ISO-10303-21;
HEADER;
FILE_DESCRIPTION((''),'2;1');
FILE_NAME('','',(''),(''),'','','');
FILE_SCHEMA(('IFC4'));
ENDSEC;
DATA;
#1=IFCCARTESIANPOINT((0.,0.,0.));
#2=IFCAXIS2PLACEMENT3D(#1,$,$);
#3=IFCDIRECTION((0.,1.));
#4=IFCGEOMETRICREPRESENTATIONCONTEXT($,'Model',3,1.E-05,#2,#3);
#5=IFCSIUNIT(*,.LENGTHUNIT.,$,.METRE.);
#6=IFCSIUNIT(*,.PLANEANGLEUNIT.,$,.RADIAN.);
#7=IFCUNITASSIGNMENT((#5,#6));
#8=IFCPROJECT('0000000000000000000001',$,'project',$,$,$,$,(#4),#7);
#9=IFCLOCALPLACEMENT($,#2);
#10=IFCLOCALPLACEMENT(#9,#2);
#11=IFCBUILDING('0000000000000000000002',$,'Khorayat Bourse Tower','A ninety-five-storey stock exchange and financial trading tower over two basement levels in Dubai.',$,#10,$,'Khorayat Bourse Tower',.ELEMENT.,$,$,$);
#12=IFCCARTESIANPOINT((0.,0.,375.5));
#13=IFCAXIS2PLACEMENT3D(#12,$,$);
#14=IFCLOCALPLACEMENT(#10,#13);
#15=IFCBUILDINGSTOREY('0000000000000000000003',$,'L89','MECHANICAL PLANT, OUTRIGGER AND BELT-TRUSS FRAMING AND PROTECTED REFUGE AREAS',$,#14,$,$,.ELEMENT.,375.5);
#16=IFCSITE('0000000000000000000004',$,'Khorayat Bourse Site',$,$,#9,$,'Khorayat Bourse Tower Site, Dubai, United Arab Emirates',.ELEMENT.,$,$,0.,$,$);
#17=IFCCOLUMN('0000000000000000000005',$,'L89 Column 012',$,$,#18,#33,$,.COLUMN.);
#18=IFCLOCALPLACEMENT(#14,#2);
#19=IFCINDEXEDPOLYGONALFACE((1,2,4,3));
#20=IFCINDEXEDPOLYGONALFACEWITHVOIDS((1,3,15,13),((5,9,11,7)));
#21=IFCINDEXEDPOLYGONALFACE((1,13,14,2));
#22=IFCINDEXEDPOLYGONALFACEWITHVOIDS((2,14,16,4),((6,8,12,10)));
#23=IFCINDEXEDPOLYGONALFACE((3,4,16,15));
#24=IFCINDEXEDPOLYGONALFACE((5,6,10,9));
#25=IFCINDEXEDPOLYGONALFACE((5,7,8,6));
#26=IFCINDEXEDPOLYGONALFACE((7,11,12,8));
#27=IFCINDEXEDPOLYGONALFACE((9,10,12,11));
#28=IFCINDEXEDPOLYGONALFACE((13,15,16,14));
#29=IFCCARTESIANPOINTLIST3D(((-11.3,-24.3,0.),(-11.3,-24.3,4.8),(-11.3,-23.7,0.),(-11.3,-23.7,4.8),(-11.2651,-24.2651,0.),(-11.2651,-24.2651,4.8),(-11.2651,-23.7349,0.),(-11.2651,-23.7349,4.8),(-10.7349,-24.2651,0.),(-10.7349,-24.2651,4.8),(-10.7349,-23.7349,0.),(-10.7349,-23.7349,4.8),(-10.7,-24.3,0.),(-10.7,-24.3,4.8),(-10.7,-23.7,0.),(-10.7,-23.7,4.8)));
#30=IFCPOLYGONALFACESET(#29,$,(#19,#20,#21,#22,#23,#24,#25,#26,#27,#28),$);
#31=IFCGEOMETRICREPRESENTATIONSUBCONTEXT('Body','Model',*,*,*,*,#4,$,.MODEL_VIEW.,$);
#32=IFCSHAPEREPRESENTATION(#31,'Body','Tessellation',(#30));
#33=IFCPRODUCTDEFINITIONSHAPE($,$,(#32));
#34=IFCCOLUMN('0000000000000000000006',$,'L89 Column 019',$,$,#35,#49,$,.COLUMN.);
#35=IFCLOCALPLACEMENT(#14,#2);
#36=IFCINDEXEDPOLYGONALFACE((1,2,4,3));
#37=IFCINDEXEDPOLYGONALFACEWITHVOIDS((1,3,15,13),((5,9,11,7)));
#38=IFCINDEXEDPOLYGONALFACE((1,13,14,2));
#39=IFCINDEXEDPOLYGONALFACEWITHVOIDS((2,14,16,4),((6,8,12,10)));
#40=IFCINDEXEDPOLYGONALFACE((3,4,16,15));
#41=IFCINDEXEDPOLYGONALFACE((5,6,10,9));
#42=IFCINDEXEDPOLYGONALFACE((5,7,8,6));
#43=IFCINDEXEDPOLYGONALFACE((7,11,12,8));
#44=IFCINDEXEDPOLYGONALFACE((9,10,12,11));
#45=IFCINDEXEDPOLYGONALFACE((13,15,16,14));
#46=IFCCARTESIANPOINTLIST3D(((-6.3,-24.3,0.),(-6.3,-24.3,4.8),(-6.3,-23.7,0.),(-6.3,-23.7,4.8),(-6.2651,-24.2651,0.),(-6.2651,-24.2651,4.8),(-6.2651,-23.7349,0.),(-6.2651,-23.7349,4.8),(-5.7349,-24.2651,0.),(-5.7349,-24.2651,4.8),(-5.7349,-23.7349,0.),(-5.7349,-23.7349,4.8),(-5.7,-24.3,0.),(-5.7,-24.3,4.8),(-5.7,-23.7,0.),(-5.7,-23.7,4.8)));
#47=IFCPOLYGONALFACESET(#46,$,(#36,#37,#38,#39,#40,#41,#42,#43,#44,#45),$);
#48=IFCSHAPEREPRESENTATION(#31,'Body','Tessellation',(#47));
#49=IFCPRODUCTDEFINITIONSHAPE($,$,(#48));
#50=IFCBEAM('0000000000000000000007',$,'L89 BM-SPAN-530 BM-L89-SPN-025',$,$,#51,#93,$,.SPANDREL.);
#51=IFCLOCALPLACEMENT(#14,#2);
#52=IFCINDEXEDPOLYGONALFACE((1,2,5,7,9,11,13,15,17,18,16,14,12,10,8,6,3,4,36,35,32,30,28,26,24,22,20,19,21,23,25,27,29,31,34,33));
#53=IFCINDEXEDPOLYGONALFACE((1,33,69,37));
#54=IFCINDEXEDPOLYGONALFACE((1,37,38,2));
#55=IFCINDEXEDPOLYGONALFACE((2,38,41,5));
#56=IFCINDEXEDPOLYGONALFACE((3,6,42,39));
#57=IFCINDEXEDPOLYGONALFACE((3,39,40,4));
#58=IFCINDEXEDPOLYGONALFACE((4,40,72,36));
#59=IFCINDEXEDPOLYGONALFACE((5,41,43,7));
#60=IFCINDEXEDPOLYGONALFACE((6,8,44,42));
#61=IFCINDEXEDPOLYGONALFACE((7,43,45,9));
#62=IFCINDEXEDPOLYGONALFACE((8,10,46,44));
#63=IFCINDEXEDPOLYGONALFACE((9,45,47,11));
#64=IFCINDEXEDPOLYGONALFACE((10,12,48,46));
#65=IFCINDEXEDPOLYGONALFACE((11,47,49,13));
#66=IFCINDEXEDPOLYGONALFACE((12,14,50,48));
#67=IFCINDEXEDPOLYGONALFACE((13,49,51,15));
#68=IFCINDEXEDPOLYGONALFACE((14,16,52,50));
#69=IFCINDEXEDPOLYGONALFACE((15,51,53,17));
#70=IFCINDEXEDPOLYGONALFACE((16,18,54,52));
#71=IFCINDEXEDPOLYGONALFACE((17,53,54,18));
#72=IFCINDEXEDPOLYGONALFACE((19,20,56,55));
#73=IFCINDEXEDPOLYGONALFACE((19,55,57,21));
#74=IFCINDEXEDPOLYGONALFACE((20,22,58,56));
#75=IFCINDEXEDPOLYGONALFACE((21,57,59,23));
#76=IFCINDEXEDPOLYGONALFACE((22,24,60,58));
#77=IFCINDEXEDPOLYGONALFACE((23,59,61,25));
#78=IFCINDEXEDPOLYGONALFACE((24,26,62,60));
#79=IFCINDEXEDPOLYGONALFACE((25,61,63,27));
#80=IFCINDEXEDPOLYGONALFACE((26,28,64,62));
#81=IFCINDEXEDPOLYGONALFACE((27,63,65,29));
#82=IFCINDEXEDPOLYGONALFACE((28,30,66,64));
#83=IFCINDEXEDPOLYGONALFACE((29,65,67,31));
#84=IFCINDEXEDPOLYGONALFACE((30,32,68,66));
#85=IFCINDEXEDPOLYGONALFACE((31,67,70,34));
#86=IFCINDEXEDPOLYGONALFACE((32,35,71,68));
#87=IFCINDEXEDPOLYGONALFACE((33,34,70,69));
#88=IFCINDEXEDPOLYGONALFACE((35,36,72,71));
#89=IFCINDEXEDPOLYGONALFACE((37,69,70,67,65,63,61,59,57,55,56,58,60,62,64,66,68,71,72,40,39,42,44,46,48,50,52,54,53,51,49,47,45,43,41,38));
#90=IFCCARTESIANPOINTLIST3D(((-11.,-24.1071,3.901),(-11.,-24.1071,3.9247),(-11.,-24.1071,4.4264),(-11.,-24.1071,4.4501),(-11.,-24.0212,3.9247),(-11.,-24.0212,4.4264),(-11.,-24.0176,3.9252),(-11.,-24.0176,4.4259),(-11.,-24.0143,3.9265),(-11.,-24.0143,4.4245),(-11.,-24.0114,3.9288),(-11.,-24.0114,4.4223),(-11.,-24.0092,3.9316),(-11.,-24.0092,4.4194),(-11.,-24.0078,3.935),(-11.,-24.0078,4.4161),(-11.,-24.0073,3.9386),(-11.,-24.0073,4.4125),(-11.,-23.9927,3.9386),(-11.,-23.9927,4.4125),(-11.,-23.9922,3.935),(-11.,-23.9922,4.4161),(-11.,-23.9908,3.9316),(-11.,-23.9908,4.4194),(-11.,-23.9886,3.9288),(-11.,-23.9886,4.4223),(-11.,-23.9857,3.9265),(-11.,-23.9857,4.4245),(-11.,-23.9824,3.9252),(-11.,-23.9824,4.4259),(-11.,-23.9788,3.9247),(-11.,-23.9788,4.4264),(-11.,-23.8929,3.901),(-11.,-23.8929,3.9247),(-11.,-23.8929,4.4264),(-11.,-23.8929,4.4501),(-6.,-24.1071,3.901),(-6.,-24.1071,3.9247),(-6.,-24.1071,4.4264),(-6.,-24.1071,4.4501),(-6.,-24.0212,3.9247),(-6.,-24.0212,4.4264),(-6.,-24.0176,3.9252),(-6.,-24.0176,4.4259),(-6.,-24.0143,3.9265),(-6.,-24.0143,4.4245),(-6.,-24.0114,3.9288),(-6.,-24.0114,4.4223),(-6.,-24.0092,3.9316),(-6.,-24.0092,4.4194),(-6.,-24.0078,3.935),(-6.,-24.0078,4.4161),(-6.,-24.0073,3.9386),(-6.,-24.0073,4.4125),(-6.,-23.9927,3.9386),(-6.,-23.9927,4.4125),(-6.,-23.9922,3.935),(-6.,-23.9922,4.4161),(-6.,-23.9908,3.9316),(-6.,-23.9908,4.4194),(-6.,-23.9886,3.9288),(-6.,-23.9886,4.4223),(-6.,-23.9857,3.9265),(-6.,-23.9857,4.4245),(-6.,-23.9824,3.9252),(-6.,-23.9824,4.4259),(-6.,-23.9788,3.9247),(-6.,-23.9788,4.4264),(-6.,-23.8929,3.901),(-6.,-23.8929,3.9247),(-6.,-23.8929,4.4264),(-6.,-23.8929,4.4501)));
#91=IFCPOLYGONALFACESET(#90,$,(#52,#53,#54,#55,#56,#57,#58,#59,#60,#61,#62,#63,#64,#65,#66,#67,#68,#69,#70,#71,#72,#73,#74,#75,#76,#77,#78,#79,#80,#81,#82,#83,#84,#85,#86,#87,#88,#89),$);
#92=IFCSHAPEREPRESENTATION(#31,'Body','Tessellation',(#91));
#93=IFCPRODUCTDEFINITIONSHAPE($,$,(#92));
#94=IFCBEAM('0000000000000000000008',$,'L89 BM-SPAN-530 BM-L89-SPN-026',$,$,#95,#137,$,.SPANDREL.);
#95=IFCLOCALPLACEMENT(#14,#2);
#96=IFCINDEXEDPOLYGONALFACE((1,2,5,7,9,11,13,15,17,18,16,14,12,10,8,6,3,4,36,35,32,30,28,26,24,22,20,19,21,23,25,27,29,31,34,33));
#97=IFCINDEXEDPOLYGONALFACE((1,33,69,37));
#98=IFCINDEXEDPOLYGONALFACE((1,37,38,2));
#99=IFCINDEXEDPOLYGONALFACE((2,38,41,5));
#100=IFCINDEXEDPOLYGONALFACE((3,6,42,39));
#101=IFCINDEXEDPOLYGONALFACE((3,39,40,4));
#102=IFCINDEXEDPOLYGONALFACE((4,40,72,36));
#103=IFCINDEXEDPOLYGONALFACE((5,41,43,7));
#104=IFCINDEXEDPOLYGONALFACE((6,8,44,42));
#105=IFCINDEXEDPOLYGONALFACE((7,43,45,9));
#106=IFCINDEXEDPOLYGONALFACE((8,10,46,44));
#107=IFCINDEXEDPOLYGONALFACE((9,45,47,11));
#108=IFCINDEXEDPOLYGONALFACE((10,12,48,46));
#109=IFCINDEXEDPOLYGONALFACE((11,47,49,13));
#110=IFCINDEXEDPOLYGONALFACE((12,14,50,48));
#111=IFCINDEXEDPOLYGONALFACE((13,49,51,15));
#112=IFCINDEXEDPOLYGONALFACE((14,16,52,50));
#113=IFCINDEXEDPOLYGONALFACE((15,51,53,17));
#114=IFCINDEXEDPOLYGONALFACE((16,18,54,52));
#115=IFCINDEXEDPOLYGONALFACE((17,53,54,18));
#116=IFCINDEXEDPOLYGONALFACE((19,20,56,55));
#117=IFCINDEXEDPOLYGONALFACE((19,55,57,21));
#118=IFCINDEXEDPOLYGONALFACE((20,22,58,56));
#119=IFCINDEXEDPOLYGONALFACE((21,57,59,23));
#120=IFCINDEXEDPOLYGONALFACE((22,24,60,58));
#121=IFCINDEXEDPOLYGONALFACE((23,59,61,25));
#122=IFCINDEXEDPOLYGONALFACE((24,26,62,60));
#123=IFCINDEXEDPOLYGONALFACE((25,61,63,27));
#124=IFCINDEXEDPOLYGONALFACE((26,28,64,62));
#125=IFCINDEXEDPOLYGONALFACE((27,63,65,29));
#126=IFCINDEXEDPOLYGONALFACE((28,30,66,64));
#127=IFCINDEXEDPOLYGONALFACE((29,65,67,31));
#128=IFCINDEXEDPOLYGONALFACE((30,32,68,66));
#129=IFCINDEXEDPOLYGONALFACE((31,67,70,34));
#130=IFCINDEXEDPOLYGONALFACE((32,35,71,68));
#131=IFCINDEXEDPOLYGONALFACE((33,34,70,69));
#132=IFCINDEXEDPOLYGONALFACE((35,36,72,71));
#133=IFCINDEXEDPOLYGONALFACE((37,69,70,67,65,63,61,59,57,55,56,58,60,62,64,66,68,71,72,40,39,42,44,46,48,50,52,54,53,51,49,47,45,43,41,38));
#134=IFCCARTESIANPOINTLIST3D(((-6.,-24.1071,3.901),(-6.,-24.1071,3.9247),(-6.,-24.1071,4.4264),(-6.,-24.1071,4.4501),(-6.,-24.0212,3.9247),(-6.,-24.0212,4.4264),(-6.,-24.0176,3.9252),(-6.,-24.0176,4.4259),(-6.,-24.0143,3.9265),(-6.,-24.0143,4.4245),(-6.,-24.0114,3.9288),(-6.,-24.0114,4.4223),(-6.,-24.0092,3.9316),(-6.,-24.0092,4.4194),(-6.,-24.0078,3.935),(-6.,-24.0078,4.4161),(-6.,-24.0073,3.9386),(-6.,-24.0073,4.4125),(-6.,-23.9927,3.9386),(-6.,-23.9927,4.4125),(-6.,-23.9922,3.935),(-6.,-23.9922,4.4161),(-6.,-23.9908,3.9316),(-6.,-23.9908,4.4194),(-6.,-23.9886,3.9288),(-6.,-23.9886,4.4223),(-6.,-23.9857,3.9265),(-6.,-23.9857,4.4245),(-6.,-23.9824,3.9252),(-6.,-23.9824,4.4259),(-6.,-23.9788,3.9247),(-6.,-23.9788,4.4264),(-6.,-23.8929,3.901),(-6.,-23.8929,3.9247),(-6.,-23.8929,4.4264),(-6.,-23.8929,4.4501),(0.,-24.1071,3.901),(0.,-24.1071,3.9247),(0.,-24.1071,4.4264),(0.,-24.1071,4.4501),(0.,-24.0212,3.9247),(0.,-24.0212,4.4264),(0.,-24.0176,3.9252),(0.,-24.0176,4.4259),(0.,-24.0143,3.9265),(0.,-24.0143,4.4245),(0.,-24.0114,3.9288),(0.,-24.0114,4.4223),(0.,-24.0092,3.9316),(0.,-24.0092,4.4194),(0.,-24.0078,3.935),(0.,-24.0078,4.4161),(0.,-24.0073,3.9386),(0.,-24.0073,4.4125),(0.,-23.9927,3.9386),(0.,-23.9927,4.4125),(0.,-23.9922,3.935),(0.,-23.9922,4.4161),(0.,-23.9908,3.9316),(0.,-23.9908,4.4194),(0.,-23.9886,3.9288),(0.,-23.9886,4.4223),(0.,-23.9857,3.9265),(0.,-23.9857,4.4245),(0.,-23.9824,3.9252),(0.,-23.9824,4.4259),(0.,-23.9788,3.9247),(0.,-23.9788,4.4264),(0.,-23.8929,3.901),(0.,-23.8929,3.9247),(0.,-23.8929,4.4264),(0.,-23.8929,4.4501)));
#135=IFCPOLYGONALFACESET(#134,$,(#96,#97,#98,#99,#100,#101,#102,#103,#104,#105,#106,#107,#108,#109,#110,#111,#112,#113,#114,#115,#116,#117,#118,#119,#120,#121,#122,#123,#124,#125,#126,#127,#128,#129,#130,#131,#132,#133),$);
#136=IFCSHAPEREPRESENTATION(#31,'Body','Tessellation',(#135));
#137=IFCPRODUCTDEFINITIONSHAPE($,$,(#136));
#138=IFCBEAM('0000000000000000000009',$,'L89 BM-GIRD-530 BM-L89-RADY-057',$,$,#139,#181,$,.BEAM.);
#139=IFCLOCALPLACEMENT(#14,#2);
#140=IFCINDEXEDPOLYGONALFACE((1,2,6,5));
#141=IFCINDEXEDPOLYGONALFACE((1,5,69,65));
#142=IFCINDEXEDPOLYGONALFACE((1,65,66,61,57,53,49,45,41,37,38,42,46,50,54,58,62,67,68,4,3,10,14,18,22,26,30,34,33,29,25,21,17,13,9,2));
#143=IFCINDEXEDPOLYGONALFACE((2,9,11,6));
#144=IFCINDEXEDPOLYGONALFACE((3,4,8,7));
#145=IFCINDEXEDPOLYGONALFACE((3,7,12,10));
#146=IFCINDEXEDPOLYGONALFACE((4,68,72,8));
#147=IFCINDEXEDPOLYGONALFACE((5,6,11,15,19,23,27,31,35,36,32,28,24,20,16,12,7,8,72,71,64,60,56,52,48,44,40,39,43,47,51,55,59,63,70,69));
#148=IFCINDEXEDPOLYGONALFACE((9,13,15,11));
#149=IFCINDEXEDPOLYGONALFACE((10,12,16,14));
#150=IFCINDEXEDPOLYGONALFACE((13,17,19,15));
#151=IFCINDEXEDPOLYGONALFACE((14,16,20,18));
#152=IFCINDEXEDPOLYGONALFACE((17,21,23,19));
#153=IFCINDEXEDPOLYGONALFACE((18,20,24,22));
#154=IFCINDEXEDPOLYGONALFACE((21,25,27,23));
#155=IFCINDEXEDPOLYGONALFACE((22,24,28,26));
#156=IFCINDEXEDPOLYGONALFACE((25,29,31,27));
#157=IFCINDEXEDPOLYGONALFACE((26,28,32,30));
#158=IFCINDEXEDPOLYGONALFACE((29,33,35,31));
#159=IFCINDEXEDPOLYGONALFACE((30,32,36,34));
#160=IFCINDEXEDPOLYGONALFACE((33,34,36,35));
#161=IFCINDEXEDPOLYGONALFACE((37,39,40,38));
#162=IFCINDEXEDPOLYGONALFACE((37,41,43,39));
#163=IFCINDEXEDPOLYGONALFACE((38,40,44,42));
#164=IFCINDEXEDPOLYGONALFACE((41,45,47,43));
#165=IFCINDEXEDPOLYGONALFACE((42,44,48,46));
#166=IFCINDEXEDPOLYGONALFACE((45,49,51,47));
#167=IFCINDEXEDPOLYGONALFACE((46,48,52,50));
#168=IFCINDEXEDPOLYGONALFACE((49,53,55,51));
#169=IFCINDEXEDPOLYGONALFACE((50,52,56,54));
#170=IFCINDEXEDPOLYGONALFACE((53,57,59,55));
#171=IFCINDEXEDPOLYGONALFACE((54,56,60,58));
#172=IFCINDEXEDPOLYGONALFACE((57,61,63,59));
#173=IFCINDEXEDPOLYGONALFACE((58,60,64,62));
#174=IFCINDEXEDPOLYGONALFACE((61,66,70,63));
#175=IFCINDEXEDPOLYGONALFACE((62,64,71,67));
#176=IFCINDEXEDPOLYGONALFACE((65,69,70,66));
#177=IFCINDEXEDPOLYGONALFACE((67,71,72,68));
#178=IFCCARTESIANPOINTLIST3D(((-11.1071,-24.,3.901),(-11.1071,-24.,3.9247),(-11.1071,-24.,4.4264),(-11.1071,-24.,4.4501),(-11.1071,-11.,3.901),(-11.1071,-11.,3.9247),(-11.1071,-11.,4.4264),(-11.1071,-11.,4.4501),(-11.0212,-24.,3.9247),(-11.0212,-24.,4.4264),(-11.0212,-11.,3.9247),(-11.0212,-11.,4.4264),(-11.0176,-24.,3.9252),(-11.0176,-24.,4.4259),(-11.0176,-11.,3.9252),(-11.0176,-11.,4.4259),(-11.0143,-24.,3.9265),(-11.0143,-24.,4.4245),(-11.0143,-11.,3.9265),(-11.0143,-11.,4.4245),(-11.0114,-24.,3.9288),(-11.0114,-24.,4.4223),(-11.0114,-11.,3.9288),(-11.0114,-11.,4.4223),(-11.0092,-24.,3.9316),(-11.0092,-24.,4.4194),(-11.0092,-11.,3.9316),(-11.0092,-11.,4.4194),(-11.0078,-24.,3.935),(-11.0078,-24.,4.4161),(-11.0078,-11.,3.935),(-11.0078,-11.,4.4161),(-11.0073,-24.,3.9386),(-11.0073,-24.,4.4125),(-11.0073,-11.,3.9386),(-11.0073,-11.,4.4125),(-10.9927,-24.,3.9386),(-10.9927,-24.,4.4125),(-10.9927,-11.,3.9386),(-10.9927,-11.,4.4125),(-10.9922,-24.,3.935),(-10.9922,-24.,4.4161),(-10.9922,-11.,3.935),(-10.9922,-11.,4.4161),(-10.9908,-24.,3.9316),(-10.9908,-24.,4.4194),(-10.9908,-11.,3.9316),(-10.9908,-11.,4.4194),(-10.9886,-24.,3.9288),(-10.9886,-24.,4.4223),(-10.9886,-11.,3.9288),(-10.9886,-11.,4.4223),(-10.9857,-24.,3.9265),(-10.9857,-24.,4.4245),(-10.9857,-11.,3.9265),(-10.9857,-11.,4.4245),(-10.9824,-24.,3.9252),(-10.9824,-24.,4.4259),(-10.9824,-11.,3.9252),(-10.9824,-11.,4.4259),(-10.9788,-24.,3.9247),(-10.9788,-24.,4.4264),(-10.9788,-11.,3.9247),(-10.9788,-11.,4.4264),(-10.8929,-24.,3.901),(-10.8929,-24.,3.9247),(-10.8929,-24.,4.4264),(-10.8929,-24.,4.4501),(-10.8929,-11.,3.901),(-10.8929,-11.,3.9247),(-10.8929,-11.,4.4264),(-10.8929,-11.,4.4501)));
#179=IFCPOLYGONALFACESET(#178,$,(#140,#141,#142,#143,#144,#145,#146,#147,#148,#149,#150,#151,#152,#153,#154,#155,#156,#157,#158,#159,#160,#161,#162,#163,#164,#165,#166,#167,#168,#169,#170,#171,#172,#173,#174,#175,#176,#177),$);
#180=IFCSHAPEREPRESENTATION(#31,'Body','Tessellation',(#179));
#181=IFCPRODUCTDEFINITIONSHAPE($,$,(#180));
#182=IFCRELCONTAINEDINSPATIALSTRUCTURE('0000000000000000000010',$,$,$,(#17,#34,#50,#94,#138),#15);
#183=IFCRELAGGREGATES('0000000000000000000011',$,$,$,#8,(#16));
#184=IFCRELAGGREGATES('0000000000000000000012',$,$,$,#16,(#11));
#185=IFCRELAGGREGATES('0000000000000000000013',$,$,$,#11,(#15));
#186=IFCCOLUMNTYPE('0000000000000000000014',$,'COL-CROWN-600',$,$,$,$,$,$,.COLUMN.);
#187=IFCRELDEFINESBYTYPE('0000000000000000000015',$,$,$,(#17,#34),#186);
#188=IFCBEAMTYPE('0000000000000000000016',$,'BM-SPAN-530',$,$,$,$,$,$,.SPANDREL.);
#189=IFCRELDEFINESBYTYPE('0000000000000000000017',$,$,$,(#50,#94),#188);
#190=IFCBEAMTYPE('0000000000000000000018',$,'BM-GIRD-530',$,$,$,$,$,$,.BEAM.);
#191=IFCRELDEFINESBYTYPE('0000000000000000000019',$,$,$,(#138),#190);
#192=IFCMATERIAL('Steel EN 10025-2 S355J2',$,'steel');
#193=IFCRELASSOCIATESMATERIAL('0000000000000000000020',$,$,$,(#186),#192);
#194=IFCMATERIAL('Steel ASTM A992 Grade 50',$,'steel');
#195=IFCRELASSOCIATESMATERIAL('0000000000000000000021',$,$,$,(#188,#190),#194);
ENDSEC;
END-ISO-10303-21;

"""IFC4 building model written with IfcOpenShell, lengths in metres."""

from ifc_helpers import new_model, si_unit, direction, frame, origin, origin_2d, place, context, subcontext, project, spatial, hollow_rectangle, i_section, extrude, source, transform, mapped, material, material_profile, profile_set, type_object, element, save


model = new_model("IFC4")

# Units and contexts
model_context = context("Model", 3, precision=1e-05, world=origin(), true_north=direction((0.0, 1.0)))
body_context = subcontext(model_context, "Body", "Model", "MODEL_VIEW")
ifc_project = project(units=[si_unit("LENGTHUNIT", "METRE"), si_unit("PLANEANGLEUNIT", "RADIAN")], contexts=[model_context])

# Site, building, storey
site_placement = place(None, origin())
site = spatial("IfcSite", under=ifc_project, at=site_placement, Name="Khorayat Bourse Site", LongName="Khorayat Bourse Tower Site, Dubai, United Arab Emirates", CompositionType="ELEMENT", RefElevation=0.0)
building_placement = place(site_placement, origin())
building = spatial("IfcBuilding", under=site, at=building_placement, Name="Khorayat Bourse Tower", Description="A ninety-five-storey stock exchange and financial trading tower over two basement levels in Dubai.", LongName="Khorayat Bourse Tower", CompositionType="ELEMENT")
storey_placement = place(building_placement, frame((0.0, 0.0, 375.5)))
storey = spatial("IfcBuildingStorey", under=building, at=storey_placement, Name="L89", Description="MECHANICAL PLANT, OUTRIGGER AND BELT-TRUSS FRAMING AND PROTECTED REFUGE AREAS", CompositionType="ELEMENT", Elevation=375.5)

# Columns
ifc_material_1 = material(Name="Steel EN 10025-2 S355J2", Category="steel")
ifc_material_profile_1 = material_profile(ifc_material_1, hollow_rectangle(XDim=0.6001, YDim=0.6001, WallThickness=0.0349, at=origin_2d()), Name="BOX 600x600x35")
ifc_profile_set_1 = profile_set([ifc_material_profile_1], Name="Steel EN 10025-2 S355J2")
column_type = type_object("IfcColumnType", Name="COL-CROWN-600", PredefinedType="COLUMN", material=ifc_profile_set_1)
shared_shape_1 = source(origin(), body_context, "Body", "SweptSolid", [
    extrude(hollow_rectangle(XDim=0.6001, YDim=0.6001, WallThickness=0.0349, at=origin_2d()), origin(), (0.0, 0.0, 1.0), 4.8),
])
for number, where, z_axis, x_axis, name in (
    (1, (-11.0, -24.0, 0.0), (0.0, 0.0, 1.0), (1.0, 0.0, 0.0), "L89 Column 012"),
    (2, (-6.0, -24.0, 0.0), (0.0, 0.0, 1.0), (1.0, 0.0, 0.0), "L89 Column 019"),
):
    element("IfcColumn", number, at=place(storey_placement, frame(where, z_axis=z_axis, x_axis=x_axis)), inside=storey, type_object=column_type, Name=name, PredefinedType="COLUMN", context=body_context, shape_type="MappedRepresentation", body=[
        mapped(shared_shape_1, transform((0.0, 0.0, 0.0), scale=1.0)),
    ])

# Beams
ifc_material_2 = material(Name="Steel ASTM A992 Grade 50", Category="steel")
ifc_material_profile_2 = material_profile(ifc_material_2, i_section(OverallWidth=0.2141, OverallDepth=0.5491, WebThickness=0.0146, FlangeThickness=0.0237, FilletRadius=0.0139, at=origin_2d()), Name="W530X138")
ifc_profile_set_2 = profile_set([ifc_material_profile_2], Name="Steel ASTM A992 Grade 50")
beam_type_1 = type_object("IfcBeamType", Name="BM-SPAN-530", PredefinedType="SPANDREL", material=ifc_profile_set_2)
shared_shape_2 = source(origin(), body_context, "Body", "SweptSolid", [
    extrude(i_section(OverallWidth=0.2141, OverallDepth=0.5491, WebThickness=0.0146, FlangeThickness=0.0237, FilletRadius=0.0139, at=origin_2d()), origin(), (0.0, 0.0, 1.0), 5.0),
])
beam_1_placement = place(storey_placement, frame((-11.0, -24.0, 4.1755), z_axis=(1.0, 0.0, 0.0), x_axis=(0.0, 1.0, 0.0)))
element("IfcBeam", 3, at=beam_1_placement, inside=storey, type_object=beam_type_1, Name="L89 BM-SPAN-530 BM-L89-SPN-025", PredefinedType="SPANDREL", context=body_context, shape_type="MappedRepresentation", body=[
    mapped(shared_shape_2, transform((0.0, 0.0, 0.0), scale=1.0)),
])
shared_shape_3 = source(origin(), body_context, "Body", "SweptSolid", [
    extrude(i_section(OverallWidth=0.2141, OverallDepth=0.5491, WebThickness=0.0146, FlangeThickness=0.0237, FilletRadius=0.0139, at=origin_2d()), origin(), (0.0, 0.0, 1.0), 6.0),
])
beam_2_placement = place(storey_placement, frame((-6.0, -24.0, 4.1755), z_axis=(1.0, 0.0, 0.0), x_axis=(0.0, 1.0, 0.0)))
element("IfcBeam", 4, at=beam_2_placement, inside=storey, type_object=beam_type_1, Name="L89 BM-SPAN-530 BM-L89-SPN-026", PredefinedType="SPANDREL", context=body_context, shape_type="MappedRepresentation", body=[
    mapped(shared_shape_3, transform((0.0, 0.0, 0.0), scale=1.0)),
])
ifc_material_profile_3 = material_profile(ifc_material_2, i_section(OverallWidth=0.2141, OverallDepth=0.5491, WebThickness=0.0146, FlangeThickness=0.0237, FilletRadius=0.0139, at=origin_2d()), Name="W530X138")
ifc_profile_set_3 = profile_set([ifc_material_profile_3], Name="Steel ASTM A992 Grade 50")
beam_type_2 = type_object("IfcBeamType", Name="BM-GIRD-530", PredefinedType="BEAM", material=ifc_profile_set_3)
shared_shape_4 = source(origin(), body_context, "Body", "SweptSolid", [
    extrude(i_section(OverallWidth=0.2141, OverallDepth=0.5491, WebThickness=0.0146, FlangeThickness=0.0237, FilletRadius=0.0139, at=origin_2d()), origin(), (0.0, 0.0, 1.0), 13.0),
])
for number, where, z_axis, x_axis, name in (
    (5, (-11.0, -24.0, 4.1755), (0.0, 1.0, 0.0), (-1.0, 0.0, 0.0), "L89 BM-GIRD-530 BM-L89-RADY-057"),
):
    element("IfcBeam", number, at=place(storey_placement, frame(where, z_axis=z_axis, x_axis=x_axis)), inside=storey, type_object=beam_type_2, Name=name, PredefinedType="BEAM", context=body_context, shape_type="MappedRepresentation", body=[
        mapped(shared_shape_4, transform((0.0, 0.0, 0.0), scale=1.0)),
    ])

save(model, "model.ifc")
